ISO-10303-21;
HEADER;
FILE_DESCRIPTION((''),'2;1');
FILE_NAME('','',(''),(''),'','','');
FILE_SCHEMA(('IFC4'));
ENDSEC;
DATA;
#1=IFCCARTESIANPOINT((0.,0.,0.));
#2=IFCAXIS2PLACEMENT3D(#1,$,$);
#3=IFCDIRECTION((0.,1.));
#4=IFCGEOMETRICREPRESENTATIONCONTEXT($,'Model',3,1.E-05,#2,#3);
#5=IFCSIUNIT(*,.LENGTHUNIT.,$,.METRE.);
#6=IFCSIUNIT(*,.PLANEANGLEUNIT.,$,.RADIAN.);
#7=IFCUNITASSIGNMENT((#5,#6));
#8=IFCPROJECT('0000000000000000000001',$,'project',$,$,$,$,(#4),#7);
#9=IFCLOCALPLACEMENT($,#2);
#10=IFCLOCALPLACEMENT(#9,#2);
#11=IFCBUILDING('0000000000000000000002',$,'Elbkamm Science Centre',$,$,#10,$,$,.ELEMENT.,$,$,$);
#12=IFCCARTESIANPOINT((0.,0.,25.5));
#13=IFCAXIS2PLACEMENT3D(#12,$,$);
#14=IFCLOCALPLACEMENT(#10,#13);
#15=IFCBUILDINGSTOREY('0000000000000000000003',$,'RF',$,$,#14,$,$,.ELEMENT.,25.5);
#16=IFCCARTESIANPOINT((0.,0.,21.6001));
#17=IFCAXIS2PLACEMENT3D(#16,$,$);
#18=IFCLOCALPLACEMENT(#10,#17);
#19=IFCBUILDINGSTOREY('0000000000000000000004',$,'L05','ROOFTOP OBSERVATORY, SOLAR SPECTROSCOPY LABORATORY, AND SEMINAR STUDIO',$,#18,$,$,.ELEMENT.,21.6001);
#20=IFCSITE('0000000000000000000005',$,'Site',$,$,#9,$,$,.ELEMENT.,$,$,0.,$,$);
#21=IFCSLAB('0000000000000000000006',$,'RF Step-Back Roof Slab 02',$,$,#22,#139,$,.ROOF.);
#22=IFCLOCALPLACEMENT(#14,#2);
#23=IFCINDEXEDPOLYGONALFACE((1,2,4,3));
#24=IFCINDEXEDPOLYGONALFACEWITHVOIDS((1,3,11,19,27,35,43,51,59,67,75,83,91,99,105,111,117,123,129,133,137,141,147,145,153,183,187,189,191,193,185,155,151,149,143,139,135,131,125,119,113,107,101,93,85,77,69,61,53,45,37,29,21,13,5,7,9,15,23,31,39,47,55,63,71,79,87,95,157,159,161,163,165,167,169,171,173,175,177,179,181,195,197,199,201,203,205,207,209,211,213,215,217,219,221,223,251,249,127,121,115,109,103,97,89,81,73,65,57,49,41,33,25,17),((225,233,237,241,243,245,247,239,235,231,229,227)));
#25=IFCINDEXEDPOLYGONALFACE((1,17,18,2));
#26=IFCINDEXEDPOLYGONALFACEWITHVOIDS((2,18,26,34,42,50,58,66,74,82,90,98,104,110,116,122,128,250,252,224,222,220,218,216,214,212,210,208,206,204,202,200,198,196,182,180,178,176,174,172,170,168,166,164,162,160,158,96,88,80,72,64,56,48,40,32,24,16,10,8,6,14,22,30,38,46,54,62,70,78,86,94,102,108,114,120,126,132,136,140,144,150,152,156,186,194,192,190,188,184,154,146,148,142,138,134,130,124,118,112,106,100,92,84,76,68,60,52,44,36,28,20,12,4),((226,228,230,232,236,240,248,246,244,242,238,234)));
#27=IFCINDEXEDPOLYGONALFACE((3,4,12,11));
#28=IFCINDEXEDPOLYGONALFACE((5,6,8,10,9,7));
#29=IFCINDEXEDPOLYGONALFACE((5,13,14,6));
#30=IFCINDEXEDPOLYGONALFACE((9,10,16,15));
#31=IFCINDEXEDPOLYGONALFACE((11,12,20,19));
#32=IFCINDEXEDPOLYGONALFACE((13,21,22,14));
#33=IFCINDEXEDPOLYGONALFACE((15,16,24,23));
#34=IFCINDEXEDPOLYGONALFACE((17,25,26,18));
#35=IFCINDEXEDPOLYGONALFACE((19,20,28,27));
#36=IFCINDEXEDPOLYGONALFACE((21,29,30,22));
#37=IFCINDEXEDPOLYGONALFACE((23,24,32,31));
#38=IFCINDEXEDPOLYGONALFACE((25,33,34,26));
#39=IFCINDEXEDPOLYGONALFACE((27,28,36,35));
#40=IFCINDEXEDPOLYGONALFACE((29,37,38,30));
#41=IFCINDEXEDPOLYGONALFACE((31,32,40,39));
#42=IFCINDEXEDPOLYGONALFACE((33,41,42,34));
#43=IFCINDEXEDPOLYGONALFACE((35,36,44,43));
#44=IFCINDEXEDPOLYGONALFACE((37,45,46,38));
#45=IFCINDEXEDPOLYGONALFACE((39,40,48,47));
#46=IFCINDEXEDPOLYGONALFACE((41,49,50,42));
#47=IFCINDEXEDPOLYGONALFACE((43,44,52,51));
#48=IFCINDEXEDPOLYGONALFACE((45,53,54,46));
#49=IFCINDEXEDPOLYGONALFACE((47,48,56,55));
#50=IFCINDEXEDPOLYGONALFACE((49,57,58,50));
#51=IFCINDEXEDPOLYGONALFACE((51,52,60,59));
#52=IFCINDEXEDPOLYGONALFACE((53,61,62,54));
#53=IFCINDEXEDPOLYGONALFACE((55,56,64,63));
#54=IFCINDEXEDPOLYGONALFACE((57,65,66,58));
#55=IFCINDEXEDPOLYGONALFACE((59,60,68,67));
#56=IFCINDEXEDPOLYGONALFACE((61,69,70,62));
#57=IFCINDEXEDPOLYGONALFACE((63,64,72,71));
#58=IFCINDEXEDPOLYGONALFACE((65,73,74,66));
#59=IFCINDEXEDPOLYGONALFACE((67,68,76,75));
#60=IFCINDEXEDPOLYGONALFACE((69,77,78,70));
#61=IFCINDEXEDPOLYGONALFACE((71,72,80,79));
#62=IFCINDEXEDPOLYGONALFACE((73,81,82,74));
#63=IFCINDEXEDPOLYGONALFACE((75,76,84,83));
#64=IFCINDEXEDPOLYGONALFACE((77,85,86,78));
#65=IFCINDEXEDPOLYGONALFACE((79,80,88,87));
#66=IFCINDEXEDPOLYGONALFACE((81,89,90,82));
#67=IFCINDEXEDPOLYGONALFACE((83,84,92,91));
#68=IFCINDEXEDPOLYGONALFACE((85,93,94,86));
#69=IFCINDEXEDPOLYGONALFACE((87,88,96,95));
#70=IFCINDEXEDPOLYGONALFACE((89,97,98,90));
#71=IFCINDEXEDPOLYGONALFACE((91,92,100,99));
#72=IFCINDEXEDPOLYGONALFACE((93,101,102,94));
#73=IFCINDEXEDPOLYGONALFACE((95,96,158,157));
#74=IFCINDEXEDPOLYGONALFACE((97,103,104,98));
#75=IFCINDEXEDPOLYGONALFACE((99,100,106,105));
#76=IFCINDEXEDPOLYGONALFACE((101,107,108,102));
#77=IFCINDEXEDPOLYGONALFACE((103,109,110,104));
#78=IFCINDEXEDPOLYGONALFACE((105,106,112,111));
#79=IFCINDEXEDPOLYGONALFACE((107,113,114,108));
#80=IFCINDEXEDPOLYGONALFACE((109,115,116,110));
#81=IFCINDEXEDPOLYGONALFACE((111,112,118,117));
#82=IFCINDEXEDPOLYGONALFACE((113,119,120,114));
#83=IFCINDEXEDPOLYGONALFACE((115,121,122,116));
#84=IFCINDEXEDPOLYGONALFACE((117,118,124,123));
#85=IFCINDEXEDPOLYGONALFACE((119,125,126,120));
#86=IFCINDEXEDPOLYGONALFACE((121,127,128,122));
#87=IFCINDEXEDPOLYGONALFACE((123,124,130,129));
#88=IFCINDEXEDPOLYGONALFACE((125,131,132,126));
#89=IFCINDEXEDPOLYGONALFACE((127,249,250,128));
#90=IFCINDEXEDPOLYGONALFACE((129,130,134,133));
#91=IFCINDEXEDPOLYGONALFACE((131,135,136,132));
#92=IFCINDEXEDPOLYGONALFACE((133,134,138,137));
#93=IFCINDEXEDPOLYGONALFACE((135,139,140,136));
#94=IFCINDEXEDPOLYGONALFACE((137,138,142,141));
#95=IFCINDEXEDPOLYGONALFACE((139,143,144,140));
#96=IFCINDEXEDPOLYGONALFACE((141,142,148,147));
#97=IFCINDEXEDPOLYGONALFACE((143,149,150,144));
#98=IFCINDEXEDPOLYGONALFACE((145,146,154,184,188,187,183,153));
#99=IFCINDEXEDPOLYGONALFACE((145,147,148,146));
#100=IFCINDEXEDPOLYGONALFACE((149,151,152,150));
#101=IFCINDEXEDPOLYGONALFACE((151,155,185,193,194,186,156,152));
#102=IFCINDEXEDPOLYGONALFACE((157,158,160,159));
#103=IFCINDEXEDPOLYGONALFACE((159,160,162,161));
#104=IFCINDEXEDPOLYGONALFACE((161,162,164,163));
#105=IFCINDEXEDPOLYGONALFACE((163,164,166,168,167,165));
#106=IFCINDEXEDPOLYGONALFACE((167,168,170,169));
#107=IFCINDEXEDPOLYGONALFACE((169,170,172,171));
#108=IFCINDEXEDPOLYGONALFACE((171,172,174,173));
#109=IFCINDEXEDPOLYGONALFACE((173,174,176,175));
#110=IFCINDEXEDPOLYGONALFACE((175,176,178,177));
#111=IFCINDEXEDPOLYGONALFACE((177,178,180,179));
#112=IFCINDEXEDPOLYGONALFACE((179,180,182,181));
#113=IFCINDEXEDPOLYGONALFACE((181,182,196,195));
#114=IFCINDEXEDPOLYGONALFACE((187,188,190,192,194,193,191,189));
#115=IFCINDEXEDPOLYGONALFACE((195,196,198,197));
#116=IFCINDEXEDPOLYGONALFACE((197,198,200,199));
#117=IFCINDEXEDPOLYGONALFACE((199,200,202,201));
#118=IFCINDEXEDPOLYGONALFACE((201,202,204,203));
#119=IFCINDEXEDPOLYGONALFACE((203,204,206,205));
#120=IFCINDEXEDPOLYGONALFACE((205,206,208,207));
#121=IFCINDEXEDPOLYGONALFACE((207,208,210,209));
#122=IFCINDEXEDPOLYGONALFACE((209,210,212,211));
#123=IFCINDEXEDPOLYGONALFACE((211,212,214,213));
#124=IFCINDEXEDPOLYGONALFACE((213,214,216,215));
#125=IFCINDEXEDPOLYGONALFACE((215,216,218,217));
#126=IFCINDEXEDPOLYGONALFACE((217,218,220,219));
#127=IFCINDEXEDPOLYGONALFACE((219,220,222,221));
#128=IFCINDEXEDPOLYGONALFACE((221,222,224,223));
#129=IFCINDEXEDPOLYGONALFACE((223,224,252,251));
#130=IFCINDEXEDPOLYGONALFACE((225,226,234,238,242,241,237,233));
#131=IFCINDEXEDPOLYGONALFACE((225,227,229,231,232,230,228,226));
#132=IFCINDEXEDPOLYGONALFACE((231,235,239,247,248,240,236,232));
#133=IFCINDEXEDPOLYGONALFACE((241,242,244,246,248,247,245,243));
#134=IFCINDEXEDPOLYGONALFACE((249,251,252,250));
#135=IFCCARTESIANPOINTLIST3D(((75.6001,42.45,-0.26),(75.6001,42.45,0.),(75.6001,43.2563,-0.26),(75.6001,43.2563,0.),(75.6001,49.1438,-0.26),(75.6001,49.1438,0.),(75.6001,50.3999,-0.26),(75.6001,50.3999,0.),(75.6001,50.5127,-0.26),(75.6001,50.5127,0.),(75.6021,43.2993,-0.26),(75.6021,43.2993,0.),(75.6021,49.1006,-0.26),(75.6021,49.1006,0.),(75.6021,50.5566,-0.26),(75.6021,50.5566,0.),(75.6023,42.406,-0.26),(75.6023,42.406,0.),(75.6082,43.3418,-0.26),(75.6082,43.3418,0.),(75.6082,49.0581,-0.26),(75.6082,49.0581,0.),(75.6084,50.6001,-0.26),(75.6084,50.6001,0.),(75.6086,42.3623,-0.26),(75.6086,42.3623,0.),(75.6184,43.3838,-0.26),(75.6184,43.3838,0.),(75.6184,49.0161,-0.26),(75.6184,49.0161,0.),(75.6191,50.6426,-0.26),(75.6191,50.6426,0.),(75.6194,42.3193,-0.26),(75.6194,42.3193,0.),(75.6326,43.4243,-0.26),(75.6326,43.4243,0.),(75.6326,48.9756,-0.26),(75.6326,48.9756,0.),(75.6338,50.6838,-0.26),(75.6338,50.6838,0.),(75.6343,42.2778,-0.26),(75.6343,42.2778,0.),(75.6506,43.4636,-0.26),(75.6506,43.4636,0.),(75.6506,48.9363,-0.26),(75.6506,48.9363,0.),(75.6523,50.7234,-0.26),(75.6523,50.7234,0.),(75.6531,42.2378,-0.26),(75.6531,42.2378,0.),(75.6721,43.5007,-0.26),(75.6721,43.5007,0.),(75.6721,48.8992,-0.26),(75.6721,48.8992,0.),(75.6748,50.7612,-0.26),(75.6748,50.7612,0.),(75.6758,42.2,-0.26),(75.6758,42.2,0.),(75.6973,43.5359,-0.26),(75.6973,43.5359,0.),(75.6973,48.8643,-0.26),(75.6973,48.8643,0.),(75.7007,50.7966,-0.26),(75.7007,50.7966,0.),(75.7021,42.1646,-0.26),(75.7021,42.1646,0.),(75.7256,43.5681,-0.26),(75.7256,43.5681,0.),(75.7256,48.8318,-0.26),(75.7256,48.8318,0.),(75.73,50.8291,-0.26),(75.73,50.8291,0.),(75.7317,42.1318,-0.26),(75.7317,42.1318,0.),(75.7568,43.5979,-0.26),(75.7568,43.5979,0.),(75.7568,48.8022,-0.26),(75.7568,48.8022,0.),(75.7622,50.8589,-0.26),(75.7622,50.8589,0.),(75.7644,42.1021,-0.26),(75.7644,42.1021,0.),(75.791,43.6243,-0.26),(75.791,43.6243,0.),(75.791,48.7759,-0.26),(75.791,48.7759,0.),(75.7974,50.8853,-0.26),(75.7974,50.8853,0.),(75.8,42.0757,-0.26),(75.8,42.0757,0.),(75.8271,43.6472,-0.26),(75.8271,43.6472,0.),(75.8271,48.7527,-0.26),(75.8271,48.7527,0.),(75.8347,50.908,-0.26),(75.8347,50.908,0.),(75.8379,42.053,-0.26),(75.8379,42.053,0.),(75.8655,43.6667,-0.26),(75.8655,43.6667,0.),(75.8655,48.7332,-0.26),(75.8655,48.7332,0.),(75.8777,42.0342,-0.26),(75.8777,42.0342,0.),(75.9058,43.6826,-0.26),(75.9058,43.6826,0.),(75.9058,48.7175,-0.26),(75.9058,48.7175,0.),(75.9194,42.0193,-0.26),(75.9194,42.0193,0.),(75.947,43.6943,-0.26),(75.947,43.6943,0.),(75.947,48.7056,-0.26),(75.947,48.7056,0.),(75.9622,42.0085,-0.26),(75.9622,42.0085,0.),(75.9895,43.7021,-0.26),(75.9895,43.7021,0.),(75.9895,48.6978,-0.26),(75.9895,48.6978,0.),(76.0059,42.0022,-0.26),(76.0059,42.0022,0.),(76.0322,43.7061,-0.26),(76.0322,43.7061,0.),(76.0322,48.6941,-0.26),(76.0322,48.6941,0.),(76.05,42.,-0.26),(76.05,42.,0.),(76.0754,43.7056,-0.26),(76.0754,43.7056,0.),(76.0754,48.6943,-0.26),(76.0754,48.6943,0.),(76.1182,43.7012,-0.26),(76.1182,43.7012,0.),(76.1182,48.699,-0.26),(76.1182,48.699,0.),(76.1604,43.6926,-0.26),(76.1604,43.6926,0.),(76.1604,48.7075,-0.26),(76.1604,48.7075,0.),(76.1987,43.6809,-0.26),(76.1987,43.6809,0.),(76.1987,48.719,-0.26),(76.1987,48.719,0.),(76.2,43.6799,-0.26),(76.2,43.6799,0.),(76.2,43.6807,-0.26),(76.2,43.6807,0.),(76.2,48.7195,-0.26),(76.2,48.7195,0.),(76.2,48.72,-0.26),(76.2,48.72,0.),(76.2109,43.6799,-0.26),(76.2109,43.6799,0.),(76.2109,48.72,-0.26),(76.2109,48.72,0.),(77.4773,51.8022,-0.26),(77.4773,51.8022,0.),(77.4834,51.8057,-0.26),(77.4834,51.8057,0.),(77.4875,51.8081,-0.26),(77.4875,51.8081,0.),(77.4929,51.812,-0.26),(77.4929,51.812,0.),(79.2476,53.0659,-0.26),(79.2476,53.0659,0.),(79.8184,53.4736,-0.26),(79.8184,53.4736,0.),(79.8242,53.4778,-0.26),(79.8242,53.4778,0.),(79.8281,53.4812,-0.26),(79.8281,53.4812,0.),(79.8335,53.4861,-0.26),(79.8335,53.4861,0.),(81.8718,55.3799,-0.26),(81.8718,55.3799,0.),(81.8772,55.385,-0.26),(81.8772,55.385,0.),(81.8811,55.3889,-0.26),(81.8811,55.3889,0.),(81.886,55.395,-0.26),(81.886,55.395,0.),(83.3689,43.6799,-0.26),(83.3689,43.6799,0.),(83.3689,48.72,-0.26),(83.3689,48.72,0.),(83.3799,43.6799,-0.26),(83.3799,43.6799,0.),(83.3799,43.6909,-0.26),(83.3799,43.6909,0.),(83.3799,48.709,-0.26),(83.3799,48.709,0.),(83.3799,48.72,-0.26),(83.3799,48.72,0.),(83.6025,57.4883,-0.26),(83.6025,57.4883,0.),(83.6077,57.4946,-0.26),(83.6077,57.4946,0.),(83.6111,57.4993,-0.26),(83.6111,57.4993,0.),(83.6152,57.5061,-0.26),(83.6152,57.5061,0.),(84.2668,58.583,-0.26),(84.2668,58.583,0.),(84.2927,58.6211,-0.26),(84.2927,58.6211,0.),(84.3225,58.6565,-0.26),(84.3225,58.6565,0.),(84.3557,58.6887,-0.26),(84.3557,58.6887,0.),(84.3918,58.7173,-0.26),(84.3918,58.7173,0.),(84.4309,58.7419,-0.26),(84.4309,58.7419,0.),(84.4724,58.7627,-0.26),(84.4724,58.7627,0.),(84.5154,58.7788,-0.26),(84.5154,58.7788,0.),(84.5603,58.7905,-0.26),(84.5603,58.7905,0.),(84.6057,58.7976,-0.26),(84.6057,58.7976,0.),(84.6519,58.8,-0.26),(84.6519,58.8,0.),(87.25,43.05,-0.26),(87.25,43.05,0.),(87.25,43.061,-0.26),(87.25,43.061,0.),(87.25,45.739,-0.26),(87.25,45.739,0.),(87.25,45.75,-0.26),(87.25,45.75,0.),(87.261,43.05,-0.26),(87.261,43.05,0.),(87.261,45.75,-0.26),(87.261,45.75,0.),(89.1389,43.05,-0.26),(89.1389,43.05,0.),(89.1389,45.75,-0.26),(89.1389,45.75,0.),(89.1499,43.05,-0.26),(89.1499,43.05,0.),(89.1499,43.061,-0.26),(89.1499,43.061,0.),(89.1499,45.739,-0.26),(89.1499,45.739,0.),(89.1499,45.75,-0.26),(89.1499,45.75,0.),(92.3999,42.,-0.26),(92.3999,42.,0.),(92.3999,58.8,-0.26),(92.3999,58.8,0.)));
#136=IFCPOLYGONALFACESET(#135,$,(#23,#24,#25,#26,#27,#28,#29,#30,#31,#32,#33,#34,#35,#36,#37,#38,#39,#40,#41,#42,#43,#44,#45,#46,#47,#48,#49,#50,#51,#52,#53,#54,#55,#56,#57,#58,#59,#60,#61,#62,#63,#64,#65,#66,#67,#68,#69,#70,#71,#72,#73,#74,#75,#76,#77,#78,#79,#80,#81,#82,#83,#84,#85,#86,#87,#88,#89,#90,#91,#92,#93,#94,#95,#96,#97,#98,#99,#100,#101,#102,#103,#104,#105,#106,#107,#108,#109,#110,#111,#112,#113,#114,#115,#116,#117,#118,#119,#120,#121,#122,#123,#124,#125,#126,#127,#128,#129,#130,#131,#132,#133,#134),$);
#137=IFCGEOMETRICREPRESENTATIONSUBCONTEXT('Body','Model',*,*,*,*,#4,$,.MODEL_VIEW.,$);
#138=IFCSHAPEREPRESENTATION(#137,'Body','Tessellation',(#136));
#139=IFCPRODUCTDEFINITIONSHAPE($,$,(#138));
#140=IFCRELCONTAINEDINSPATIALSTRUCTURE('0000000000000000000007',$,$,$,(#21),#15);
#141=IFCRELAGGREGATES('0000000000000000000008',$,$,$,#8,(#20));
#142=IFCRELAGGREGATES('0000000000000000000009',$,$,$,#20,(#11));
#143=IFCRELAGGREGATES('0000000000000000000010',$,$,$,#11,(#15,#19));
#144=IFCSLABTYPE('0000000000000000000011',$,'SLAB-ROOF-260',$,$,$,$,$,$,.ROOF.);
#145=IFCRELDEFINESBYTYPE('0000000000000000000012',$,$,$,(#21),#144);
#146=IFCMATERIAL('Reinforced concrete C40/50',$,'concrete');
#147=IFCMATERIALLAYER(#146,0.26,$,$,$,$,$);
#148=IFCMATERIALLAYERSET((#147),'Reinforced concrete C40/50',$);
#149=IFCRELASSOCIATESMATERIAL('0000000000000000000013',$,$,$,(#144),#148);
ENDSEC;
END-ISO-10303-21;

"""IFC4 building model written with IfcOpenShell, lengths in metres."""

from ifc_helpers import new_model, si_unit, direction, frame, origin, place, context, subcontext, project, spatial, polyline, outline, extrude, material, layer, layer_set, type_object, element, save


model = new_model("IFC4")

# Units and contexts
model_context = context("Model", 3, precision=1e-05, world=origin(), true_north=direction((0.0, 1.0)))
body_context = subcontext(model_context, "Body", "Model", "MODEL_VIEW")
ifc_project = project(units=[si_unit("LENGTHUNIT", "METRE"), si_unit("PLANEANGLEUNIT", "RADIAN")], contexts=[model_context])

# Site, building, storey
site_placement = place(None, origin())
site = spatial("IfcSite", under=ifc_project, at=site_placement, Name="Site", CompositionType="ELEMENT", RefElevation=0.0)
building_placement = place(site_placement, origin())
building = spatial("IfcBuilding", under=site, at=building_placement, Name="Elbkamm Science Centre", CompositionType="ELEMENT")
storey_1_placement = place(building_placement, frame((0.0, 0.0, 25.5)))
storey_1 = spatial("IfcBuildingStorey", under=building, at=storey_1_placement, Name="RF", CompositionType="ELEMENT", Elevation=25.5)

# Slab
ifc_material_1 = material(Name="Reinforced concrete C40/50", Category="concrete")
ifc_layer_1 = layer(ifc_material_1, 0.26)
ifc_layer_set_1 = layer_set([ifc_layer_1], Name="Reinforced concrete C40/50")
slab_type = type_object("IfcSlabType", Name="SLAB-ROOF-260", PredefinedType="ROOF", material=ifc_layer_set_1)
slab_1_placement = place(storey_1_placement, frame((0.0, 0.0, -0.26)))
element("IfcSlab", 1, at=slab_1_placement, inside=storey_1, type_object=slab_type, Name="RF Step-Back Roof Slab 02", PredefinedType="ROOF", context=body_context, shape_type="SweptSolid", body=[
    extrude(outline(polyline([(75.6082, 43.3418), (75.6184, 43.3838), (75.6326, 43.4243), (75.6506, 43.4636), (75.6721, 43.5007), (75.6973, 43.5359), (75.7256, 43.5681), (75.7568, 43.5979), (75.791, 43.6243), (75.8271, 43.6472), (75.8655, 43.6667), (75.9058, 43.6826), (75.947, 43.6943), (75.9895, 43.7021), (76.0322, 43.7061), (76.0754, 43.7056), (76.1182, 43.7012), (76.1604, 43.6926), (76.1987, 43.6809), (76.2, 43.6807), (76.2, 43.6799), (76.2109, 43.6799), (83.3689, 43.6799), (83.3799, 43.6799), (83.3799, 43.6909), (83.3799, 48.709), (83.3799, 48.72), (83.3689, 48.72), (76.2109, 48.72), (76.2, 48.72), (76.2, 48.7195), (76.1987, 48.719), (76.1604, 48.7075), (76.1182, 48.699), (76.0754, 48.6943), (76.0322, 48.6941), (75.9895, 48.6978), (75.947, 48.7056), (75.9058, 48.7175), (75.8655, 48.7332), (75.8271, 48.7527), (75.791, 48.7759), (75.7568, 48.8022), (75.7256, 48.8318), (75.6973, 48.8643), (75.6721, 48.8992), (75.6506, 48.9363), (75.6326, 48.9756), (75.6184, 49.0161), (75.6082, 49.0581), (75.6021, 49.1006), (75.6001, 49.1438), (75.6001, 50.3999), (75.6001, 50.5127), (75.6021, 50.5566), (75.6084, 50.6001), (75.6191, 50.6426), (75.6338, 50.6838), (75.6523, 50.7234), (75.6748, 50.7612), (75.7007, 50.7966), (75.73, 50.8291), (75.7622, 50.8589), (75.7974, 50.8853), (75.8347, 50.908), (77.4773, 51.8022), (77.4834, 51.8057), (77.4875, 51.8081), (77.4929, 51.812), (79.2476, 53.0659), (79.8184, 53.4736), (79.8242, 53.4778), (79.8281, 53.4812), (79.8335, 53.4861), (81.8718, 55.3799), (81.8772, 55.385), (81.8811, 55.3889), (81.886, 55.395), (83.6025, 57.4883), (83.6077, 57.4946), (83.6111, 57.4993), (83.6152, 57.5061), (84.2668, 58.583), (84.2927, 58.6211), (84.3225, 58.6565), (84.3557, 58.6887), (84.3918, 58.7173), (84.4309, 58.7419), (84.4724, 58.7627), (84.5154, 58.7788), (84.5603, 58.7905), (84.6057, 58.7976), (84.6519, 58.8), (92.3999, 58.8), (92.3999, 42.0), (76.05, 42.0), (76.0059, 42.0022), (75.9622, 42.0085), (75.9194, 42.0193), (75.8777, 42.0342), (75.8379, 42.053), (75.8, 42.0757), (75.7644, 42.1021), (75.7317, 42.1318), (75.7021, 42.1646), (75.6758, 42.2), (75.6531, 42.2378), (75.6343, 42.2778), (75.6194, 42.3193), (75.6086, 42.3623), (75.6023, 42.406), (75.6001, 42.45), (75.6001, 43.2563), (75.6021, 43.2993), (75.6082, 43.3418)]), holes=[polyline([(89.1499, 43.05), (89.1499, 43.061), (89.1499, 45.739), (89.1499, 45.75), (89.1389, 45.75), (87.261, 45.75), (87.25, 45.75), (87.25, 45.739), (87.25, 43.061), (87.25, 43.05), (87.261, 43.05), (89.1389, 43.05), (89.1499, 43.05)])]), origin(), (0.0, 0.0, 1.0), 0.26),
])

# Shared definitions
storey_2_placement = place(building_placement, frame((0.0, 0.0, 21.6001)))
storey_2 = spatial("IfcBuildingStorey", under=building, at=storey_2_placement, Name="L05", Description="ROOFTOP OBSERVATORY, SOLAR SPECTROSCOPY LABORATORY, AND SEMINAR STUDIO", CompositionType="ELEMENT", Elevation=21.6001)

save(model, "model.ifc")
